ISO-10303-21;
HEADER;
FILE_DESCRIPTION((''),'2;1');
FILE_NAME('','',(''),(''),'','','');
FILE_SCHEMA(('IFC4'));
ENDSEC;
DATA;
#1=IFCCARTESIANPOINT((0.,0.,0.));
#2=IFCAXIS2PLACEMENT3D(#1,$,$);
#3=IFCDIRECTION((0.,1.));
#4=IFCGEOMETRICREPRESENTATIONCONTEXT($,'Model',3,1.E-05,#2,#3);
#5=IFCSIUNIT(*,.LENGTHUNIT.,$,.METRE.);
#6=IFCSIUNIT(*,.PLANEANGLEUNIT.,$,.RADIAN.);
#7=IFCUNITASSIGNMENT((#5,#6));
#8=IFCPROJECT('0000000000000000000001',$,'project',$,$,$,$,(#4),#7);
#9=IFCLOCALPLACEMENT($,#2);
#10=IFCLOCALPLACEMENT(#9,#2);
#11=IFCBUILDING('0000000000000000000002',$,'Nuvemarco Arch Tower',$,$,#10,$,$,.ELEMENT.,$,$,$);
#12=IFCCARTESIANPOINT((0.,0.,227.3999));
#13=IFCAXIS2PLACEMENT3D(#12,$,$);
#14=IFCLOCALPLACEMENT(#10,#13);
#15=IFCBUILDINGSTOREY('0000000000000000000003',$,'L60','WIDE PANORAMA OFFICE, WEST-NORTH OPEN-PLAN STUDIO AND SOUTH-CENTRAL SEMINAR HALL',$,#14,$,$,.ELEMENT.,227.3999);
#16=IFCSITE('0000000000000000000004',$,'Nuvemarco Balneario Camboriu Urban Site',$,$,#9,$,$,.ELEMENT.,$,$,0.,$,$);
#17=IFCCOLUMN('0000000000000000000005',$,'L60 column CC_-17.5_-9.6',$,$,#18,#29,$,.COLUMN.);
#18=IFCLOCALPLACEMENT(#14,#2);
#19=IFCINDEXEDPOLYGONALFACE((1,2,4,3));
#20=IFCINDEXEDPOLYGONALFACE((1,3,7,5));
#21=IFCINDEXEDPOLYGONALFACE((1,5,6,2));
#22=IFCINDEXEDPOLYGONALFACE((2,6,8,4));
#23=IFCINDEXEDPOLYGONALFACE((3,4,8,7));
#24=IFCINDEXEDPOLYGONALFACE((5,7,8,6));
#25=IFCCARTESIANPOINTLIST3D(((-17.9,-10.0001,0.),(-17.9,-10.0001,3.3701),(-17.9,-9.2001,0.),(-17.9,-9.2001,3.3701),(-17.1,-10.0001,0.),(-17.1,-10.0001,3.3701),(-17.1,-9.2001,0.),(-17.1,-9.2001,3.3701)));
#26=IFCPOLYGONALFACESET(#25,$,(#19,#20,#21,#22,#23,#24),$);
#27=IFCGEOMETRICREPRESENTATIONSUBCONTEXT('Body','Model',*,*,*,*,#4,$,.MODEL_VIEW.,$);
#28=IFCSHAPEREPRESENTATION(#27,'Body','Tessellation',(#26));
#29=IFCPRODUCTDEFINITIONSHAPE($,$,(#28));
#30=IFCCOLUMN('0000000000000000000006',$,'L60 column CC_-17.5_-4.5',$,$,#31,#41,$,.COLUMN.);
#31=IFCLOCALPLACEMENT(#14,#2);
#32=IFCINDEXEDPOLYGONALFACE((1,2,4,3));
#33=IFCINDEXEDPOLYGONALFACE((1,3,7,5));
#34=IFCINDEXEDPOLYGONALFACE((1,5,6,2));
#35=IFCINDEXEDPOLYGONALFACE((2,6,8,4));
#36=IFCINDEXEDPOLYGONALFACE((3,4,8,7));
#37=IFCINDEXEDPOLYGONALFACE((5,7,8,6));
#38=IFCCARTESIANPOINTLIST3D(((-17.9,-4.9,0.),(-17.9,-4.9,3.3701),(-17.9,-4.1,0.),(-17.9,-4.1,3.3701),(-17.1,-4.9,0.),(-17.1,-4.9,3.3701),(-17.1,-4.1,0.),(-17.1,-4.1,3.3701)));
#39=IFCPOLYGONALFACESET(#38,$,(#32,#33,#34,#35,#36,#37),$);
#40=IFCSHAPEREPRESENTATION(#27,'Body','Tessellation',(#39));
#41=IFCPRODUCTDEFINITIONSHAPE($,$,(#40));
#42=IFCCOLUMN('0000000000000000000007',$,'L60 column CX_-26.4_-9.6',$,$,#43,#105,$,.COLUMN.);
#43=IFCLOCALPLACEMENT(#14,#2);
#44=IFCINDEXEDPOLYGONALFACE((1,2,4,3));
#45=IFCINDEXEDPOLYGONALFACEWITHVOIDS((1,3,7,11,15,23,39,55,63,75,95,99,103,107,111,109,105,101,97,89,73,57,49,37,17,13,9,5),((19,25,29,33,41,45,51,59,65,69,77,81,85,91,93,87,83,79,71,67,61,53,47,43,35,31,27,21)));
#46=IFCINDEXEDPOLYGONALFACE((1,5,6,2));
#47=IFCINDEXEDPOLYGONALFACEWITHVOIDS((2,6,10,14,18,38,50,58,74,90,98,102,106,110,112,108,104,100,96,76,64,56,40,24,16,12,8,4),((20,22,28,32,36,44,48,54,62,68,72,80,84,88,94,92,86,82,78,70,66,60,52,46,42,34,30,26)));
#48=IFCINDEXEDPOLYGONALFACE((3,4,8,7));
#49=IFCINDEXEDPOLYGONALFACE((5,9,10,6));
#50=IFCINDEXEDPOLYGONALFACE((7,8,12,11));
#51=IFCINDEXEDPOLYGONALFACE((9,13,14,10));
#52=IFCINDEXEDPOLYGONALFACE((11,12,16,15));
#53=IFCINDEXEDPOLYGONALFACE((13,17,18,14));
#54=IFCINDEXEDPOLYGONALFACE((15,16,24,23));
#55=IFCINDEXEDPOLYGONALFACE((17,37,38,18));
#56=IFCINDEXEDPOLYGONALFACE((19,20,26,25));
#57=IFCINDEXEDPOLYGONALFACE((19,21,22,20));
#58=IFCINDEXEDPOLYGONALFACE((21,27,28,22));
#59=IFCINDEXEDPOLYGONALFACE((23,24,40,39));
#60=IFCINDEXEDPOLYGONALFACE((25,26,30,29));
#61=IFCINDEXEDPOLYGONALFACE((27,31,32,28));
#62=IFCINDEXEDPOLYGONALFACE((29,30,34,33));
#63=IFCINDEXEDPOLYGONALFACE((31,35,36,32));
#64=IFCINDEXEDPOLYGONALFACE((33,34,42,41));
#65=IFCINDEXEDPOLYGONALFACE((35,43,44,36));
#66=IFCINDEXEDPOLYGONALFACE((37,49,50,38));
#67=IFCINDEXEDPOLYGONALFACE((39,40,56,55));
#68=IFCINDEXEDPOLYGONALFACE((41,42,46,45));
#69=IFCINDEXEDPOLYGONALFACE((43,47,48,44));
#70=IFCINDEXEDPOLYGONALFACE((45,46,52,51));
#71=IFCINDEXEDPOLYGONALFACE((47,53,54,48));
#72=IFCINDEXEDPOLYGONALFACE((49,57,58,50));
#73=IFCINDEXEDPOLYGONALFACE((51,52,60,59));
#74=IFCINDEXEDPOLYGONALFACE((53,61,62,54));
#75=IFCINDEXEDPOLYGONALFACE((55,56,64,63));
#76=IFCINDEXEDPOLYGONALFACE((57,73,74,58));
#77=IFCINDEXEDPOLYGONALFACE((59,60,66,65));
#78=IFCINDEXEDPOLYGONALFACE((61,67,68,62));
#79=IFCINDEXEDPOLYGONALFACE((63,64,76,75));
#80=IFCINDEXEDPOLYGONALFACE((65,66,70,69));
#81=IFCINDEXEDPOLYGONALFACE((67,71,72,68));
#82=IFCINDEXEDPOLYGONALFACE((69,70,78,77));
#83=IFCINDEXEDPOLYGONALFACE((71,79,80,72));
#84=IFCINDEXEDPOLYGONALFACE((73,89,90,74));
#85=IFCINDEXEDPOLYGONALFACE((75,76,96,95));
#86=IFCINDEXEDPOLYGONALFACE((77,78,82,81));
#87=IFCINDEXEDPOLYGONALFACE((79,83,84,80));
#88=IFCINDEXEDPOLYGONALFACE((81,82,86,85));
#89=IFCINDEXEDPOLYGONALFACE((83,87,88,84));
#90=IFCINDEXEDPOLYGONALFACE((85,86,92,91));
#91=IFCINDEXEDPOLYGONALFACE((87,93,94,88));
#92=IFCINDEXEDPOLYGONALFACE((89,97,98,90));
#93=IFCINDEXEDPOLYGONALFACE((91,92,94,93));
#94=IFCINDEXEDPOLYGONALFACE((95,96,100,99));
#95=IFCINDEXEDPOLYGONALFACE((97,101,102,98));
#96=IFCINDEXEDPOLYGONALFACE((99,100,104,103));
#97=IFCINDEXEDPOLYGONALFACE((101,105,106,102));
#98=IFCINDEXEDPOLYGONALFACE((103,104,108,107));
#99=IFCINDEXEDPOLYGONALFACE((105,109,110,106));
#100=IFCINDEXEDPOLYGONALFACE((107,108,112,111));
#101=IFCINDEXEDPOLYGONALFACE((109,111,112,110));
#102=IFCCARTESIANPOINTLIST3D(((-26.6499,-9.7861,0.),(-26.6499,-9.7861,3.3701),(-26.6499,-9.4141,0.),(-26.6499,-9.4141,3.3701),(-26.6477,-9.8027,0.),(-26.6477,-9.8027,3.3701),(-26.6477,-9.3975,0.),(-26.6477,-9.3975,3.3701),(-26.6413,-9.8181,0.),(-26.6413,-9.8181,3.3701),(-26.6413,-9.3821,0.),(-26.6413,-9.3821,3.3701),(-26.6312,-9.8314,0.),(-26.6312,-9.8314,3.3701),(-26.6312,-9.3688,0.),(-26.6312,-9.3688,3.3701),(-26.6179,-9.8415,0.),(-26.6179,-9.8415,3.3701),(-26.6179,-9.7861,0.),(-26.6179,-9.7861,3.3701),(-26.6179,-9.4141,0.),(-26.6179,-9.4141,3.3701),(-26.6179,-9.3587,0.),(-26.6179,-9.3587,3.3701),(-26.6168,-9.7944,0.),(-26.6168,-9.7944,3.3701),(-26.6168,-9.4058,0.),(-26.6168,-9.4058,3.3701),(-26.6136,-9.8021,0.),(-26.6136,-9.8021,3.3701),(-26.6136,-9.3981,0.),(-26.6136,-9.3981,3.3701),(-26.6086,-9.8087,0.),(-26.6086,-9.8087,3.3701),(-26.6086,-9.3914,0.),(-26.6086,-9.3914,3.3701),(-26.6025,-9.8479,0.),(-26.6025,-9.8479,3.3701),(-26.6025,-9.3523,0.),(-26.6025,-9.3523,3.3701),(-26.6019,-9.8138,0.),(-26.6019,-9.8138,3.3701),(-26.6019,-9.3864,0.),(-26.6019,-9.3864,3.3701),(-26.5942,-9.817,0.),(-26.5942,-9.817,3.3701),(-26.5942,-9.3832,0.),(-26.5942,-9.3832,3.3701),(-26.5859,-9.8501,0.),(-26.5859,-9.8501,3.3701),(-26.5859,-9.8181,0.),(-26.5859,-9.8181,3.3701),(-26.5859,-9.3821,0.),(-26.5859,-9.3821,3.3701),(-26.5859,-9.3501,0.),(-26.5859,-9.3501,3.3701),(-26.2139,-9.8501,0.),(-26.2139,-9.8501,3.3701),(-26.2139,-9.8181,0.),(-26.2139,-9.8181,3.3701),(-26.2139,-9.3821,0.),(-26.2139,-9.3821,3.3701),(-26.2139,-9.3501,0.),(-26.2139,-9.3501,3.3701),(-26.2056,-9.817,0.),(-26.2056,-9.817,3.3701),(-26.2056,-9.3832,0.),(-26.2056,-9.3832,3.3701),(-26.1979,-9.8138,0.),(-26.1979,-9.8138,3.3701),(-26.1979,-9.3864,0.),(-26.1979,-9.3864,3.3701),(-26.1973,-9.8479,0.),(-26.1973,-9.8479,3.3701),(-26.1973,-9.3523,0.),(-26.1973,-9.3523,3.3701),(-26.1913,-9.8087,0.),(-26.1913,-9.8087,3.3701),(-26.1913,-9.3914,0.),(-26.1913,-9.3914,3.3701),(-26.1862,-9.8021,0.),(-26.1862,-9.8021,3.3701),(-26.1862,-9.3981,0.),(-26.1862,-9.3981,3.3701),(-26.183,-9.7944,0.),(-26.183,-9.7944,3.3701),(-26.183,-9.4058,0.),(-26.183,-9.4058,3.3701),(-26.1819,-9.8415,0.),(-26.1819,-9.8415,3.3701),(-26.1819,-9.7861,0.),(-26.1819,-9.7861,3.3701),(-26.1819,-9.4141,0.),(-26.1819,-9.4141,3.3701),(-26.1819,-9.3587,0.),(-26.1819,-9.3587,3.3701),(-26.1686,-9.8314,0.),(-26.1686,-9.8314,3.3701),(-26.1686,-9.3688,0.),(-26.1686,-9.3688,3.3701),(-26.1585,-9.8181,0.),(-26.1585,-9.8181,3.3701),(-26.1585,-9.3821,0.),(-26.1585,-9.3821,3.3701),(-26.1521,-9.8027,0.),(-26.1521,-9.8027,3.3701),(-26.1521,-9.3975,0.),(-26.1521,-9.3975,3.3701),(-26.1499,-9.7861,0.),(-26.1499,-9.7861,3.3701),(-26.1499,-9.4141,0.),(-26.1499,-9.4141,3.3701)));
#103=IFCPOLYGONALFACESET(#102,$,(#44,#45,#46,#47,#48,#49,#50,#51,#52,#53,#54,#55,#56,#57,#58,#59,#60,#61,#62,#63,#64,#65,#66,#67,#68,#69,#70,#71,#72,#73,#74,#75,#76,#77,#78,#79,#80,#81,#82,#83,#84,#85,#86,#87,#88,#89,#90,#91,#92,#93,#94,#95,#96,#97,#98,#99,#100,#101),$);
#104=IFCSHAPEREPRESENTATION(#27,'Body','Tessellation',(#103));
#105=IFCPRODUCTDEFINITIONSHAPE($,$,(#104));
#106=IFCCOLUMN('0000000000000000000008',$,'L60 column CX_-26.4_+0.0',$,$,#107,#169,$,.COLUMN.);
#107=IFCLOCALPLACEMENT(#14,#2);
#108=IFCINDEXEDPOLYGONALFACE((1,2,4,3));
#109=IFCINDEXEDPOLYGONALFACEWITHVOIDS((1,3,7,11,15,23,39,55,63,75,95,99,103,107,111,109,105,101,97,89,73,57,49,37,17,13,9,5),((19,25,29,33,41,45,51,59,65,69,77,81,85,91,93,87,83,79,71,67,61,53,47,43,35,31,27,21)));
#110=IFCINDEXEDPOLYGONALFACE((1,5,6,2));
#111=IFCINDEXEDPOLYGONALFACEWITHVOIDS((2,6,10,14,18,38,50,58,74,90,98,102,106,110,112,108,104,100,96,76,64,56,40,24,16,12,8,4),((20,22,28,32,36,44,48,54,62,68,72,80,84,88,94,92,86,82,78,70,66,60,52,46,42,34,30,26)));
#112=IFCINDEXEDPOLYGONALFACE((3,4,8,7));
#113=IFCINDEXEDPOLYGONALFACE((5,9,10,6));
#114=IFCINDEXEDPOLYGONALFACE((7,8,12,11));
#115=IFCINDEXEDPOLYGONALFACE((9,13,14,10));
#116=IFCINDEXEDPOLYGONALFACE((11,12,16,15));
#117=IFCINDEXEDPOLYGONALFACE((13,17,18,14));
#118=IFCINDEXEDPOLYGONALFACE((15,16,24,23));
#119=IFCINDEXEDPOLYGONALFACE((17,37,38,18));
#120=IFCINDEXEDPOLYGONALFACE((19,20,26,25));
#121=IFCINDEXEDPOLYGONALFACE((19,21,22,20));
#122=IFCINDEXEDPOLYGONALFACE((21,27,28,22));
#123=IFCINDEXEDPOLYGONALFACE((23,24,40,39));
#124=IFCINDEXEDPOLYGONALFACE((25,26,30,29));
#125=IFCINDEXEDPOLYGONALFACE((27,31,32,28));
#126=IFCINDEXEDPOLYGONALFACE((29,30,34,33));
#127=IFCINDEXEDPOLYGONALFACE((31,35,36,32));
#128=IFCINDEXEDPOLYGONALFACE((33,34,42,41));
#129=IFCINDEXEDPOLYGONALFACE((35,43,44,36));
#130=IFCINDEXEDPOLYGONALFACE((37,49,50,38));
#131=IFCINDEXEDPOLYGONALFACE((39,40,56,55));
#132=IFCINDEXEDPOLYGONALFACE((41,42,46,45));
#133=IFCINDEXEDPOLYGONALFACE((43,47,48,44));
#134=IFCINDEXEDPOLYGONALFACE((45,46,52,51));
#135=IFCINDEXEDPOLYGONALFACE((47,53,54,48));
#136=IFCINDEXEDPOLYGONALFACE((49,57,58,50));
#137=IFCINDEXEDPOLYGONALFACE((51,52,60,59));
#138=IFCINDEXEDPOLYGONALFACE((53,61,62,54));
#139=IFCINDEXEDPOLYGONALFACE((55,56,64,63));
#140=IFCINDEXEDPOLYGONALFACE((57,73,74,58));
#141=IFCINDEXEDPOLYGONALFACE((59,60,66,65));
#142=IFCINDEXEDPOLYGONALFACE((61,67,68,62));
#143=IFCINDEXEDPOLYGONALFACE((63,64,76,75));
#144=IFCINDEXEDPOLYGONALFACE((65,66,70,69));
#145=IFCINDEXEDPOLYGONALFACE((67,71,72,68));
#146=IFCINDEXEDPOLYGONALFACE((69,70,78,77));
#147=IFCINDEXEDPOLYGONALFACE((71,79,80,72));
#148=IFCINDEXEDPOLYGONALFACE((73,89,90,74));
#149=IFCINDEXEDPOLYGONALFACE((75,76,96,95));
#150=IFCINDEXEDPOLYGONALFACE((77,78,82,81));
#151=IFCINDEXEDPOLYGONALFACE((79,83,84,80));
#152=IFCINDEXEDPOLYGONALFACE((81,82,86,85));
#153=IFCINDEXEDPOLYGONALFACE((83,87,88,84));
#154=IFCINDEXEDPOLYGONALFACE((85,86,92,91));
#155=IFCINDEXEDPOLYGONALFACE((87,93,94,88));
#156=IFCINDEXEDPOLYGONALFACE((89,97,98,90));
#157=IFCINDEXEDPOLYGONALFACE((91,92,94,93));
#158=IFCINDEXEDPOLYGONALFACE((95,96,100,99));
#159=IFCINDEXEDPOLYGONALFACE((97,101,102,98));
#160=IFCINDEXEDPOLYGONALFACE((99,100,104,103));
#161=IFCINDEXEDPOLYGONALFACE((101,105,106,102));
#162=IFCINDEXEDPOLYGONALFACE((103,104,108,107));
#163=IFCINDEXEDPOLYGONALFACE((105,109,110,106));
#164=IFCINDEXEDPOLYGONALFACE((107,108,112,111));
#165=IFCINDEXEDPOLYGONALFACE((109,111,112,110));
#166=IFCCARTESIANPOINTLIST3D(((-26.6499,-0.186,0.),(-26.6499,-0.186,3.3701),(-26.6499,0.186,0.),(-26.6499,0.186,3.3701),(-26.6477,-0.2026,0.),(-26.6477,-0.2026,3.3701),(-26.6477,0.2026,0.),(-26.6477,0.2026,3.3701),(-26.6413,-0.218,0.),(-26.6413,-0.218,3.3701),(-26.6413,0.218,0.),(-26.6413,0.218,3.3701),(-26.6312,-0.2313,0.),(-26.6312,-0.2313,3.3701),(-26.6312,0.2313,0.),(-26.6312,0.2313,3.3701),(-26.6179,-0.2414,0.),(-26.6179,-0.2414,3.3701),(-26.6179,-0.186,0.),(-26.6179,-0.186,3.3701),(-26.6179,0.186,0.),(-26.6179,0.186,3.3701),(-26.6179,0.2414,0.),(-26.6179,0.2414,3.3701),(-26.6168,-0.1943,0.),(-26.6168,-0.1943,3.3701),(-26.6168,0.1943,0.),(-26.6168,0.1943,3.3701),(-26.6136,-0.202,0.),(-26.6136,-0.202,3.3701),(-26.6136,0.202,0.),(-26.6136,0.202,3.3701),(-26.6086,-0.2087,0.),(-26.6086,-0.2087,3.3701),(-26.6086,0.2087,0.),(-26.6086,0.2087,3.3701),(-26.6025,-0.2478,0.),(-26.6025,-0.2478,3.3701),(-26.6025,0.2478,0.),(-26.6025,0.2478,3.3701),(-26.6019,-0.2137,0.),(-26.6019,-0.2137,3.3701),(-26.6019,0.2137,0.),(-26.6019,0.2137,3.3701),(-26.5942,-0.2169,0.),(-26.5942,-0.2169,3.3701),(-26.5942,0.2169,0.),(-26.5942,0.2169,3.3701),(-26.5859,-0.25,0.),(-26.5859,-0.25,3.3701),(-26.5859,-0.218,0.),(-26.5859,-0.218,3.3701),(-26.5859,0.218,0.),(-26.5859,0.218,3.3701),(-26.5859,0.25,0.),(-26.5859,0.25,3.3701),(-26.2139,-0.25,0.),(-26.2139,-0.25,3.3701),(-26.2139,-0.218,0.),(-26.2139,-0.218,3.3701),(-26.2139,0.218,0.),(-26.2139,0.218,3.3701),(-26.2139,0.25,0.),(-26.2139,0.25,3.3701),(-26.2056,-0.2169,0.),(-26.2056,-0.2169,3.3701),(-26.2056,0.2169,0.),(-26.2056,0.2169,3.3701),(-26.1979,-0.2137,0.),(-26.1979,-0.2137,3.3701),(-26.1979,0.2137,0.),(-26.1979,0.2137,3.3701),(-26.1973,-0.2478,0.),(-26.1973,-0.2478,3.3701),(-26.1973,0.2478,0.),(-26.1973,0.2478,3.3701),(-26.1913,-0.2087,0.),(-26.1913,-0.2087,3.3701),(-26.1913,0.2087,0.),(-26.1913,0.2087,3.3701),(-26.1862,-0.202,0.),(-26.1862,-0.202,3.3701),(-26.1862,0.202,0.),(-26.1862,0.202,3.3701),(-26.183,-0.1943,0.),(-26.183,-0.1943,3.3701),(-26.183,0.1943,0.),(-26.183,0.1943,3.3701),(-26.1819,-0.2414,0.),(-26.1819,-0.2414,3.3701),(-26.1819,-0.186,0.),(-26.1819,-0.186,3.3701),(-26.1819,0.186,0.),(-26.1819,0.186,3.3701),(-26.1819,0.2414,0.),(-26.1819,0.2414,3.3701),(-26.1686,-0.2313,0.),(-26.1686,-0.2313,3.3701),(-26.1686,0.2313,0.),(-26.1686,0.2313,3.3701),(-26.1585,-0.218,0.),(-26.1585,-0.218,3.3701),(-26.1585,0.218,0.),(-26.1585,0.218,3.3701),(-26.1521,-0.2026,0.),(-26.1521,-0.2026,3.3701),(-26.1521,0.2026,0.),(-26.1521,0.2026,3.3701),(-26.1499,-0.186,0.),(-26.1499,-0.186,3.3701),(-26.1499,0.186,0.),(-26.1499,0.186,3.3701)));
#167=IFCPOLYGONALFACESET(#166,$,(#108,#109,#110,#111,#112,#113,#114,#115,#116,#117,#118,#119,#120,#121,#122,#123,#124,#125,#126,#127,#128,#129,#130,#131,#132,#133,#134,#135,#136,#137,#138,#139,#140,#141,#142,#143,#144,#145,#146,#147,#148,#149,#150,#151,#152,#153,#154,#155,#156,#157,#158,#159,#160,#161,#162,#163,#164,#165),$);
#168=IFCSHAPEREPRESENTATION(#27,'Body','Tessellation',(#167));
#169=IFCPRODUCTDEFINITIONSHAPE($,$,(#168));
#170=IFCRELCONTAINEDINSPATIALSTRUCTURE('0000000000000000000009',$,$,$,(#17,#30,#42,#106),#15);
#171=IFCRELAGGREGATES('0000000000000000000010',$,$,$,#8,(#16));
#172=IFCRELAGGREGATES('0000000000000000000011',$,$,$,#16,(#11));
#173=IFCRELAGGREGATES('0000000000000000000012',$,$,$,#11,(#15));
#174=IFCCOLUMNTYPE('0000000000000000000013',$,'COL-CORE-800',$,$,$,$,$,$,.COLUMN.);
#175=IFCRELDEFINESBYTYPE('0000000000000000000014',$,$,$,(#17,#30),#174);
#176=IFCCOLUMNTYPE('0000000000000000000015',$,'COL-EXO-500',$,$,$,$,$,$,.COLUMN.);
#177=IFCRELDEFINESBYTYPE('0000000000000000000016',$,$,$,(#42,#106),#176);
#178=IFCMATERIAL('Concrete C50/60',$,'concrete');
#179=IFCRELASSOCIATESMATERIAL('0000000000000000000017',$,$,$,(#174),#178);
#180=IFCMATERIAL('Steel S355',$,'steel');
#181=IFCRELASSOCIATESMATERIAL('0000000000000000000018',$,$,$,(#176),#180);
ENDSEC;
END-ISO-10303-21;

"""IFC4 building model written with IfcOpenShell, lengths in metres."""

from ifc_helpers import new_model, si_unit, direction, frame, origin, origin_2d, place, context, subcontext, project, spatial, rectangle, hollow_rectangle, extrude, material, material_profile, profile_set, type_object, element, save


model = new_model("IFC4")

# Units and contexts
model_context = context("Model", 3, precision=1e-05, world=origin(), true_north=direction((0.0, 1.0)))
body_context = subcontext(model_context, "Body", "Model", "MODEL_VIEW")
ifc_project = project(units=[si_unit("LENGTHUNIT", "METRE"), si_unit("PLANEANGLEUNIT", "RADIAN")], contexts=[model_context])

# Site, building, storey
site_placement = place(None, origin())
site = spatial("IfcSite", under=ifc_project, at=site_placement, Name="Nuvemarco Balneario Camboriu Urban Site", CompositionType="ELEMENT", RefElevation=0.0)
building_placement = place(site_placement, origin())
building = spatial("IfcBuilding", under=site, at=building_placement, Name="Nuvemarco Arch Tower", CompositionType="ELEMENT")
storey_placement = place(building_placement, frame((0.0, 0.0, 227.3999)))
storey = spatial("IfcBuildingStorey", under=building, at=storey_placement, Name="L60", Description="WIDE PANORAMA OFFICE, WEST-NORTH OPEN-PLAN STUDIO AND SOUTH-CENTRAL SEMINAR HALL", CompositionType="ELEMENT", Elevation=227.3999)

# Columns
ifc_material_1 = material(Name="Concrete C50/60", Category="concrete")
ifc_material_profile_1 = material_profile(ifc_material_1, rectangle(XDim=0.8, YDim=0.8, at=origin_2d()), Name="RC-COL-800x800")
ifc_profile_set_1 = profile_set([ifc_material_profile_1], Name="Concrete C50/60")
column_type_1 = type_object("IfcColumnType", Name="COL-CORE-800", PredefinedType="COLUMN", material=ifc_profile_set_1)
for number, where, z_axis, x_axis, name in (
    (1, (-17.5, -9.6001, 0.0), (0.0, 0.0, 1.0), (1.0, 0.0, 0.0), "L60 column CC_-17.5_-9.6"),
    (2, (-17.5, -4.5, 0.0), (0.0, 0.0, 1.0), (1.0, 0.0, 0.0), "L60 column CC_-17.5_-4.5"),
):
    element("IfcColumn", number, at=place(storey_placement, frame(where, z_axis=z_axis, x_axis=x_axis)), inside=storey, type_object=column_type_1, Name=name, PredefinedType="COLUMN", context=body_context, shape_type="SweptSolid", body=[
        extrude(rectangle(XDim=0.8, YDim=0.8, at=origin_2d()), origin(), (0.0, 0.0, 1.0), 3.3701),
    ])
ifc_material_2 = material(Name="Steel S355", Category="steel")
ifc_material_profile_2 = material_profile(ifc_material_2, hollow_rectangle(XDim=0.5, YDim=0.5, WallThickness=0.032, InnerFilletRadius=0.032, OuterFilletRadius=0.064, at=origin_2d()), Name="SHS500x500x32")
ifc_profile_set_2 = profile_set([ifc_material_profile_2], Name="Steel S355")
column_type_2 = type_object("IfcColumnType", Name="COL-EXO-500", PredefinedType="COLUMN", material=ifc_profile_set_2)
for number, where, z_axis, x_axis, name in (
    (3, (-26.3999, -9.6001, 0.0), (0.0, 0.0, 1.0), (1.0, 0.0, 0.0), "L60 column CX_-26.4_-9.6"),
    (4, (-26.3999, 0.0, 0.0), (0.0, 0.0, 1.0), (1.0, 0.0, 0.0), "L60 column CX_-26.4_+0.0"),
):
    element("IfcColumn", number, at=place(storey_placement, frame(where, z_axis=z_axis, x_axis=x_axis)), inside=storey, type_object=column_type_2, Name=name, PredefinedType="COLUMN", context=body_context, shape_type="SweptSolid", body=[
        extrude(hollow_rectangle(XDim=0.5, YDim=0.5, WallThickness=0.032, InnerFilletRadius=0.032, OuterFilletRadius=0.064, at=origin_2d()), origin(), (0.0, 0.0, 1.0), 3.3701),
    ])

save(model, "model.ifc")
